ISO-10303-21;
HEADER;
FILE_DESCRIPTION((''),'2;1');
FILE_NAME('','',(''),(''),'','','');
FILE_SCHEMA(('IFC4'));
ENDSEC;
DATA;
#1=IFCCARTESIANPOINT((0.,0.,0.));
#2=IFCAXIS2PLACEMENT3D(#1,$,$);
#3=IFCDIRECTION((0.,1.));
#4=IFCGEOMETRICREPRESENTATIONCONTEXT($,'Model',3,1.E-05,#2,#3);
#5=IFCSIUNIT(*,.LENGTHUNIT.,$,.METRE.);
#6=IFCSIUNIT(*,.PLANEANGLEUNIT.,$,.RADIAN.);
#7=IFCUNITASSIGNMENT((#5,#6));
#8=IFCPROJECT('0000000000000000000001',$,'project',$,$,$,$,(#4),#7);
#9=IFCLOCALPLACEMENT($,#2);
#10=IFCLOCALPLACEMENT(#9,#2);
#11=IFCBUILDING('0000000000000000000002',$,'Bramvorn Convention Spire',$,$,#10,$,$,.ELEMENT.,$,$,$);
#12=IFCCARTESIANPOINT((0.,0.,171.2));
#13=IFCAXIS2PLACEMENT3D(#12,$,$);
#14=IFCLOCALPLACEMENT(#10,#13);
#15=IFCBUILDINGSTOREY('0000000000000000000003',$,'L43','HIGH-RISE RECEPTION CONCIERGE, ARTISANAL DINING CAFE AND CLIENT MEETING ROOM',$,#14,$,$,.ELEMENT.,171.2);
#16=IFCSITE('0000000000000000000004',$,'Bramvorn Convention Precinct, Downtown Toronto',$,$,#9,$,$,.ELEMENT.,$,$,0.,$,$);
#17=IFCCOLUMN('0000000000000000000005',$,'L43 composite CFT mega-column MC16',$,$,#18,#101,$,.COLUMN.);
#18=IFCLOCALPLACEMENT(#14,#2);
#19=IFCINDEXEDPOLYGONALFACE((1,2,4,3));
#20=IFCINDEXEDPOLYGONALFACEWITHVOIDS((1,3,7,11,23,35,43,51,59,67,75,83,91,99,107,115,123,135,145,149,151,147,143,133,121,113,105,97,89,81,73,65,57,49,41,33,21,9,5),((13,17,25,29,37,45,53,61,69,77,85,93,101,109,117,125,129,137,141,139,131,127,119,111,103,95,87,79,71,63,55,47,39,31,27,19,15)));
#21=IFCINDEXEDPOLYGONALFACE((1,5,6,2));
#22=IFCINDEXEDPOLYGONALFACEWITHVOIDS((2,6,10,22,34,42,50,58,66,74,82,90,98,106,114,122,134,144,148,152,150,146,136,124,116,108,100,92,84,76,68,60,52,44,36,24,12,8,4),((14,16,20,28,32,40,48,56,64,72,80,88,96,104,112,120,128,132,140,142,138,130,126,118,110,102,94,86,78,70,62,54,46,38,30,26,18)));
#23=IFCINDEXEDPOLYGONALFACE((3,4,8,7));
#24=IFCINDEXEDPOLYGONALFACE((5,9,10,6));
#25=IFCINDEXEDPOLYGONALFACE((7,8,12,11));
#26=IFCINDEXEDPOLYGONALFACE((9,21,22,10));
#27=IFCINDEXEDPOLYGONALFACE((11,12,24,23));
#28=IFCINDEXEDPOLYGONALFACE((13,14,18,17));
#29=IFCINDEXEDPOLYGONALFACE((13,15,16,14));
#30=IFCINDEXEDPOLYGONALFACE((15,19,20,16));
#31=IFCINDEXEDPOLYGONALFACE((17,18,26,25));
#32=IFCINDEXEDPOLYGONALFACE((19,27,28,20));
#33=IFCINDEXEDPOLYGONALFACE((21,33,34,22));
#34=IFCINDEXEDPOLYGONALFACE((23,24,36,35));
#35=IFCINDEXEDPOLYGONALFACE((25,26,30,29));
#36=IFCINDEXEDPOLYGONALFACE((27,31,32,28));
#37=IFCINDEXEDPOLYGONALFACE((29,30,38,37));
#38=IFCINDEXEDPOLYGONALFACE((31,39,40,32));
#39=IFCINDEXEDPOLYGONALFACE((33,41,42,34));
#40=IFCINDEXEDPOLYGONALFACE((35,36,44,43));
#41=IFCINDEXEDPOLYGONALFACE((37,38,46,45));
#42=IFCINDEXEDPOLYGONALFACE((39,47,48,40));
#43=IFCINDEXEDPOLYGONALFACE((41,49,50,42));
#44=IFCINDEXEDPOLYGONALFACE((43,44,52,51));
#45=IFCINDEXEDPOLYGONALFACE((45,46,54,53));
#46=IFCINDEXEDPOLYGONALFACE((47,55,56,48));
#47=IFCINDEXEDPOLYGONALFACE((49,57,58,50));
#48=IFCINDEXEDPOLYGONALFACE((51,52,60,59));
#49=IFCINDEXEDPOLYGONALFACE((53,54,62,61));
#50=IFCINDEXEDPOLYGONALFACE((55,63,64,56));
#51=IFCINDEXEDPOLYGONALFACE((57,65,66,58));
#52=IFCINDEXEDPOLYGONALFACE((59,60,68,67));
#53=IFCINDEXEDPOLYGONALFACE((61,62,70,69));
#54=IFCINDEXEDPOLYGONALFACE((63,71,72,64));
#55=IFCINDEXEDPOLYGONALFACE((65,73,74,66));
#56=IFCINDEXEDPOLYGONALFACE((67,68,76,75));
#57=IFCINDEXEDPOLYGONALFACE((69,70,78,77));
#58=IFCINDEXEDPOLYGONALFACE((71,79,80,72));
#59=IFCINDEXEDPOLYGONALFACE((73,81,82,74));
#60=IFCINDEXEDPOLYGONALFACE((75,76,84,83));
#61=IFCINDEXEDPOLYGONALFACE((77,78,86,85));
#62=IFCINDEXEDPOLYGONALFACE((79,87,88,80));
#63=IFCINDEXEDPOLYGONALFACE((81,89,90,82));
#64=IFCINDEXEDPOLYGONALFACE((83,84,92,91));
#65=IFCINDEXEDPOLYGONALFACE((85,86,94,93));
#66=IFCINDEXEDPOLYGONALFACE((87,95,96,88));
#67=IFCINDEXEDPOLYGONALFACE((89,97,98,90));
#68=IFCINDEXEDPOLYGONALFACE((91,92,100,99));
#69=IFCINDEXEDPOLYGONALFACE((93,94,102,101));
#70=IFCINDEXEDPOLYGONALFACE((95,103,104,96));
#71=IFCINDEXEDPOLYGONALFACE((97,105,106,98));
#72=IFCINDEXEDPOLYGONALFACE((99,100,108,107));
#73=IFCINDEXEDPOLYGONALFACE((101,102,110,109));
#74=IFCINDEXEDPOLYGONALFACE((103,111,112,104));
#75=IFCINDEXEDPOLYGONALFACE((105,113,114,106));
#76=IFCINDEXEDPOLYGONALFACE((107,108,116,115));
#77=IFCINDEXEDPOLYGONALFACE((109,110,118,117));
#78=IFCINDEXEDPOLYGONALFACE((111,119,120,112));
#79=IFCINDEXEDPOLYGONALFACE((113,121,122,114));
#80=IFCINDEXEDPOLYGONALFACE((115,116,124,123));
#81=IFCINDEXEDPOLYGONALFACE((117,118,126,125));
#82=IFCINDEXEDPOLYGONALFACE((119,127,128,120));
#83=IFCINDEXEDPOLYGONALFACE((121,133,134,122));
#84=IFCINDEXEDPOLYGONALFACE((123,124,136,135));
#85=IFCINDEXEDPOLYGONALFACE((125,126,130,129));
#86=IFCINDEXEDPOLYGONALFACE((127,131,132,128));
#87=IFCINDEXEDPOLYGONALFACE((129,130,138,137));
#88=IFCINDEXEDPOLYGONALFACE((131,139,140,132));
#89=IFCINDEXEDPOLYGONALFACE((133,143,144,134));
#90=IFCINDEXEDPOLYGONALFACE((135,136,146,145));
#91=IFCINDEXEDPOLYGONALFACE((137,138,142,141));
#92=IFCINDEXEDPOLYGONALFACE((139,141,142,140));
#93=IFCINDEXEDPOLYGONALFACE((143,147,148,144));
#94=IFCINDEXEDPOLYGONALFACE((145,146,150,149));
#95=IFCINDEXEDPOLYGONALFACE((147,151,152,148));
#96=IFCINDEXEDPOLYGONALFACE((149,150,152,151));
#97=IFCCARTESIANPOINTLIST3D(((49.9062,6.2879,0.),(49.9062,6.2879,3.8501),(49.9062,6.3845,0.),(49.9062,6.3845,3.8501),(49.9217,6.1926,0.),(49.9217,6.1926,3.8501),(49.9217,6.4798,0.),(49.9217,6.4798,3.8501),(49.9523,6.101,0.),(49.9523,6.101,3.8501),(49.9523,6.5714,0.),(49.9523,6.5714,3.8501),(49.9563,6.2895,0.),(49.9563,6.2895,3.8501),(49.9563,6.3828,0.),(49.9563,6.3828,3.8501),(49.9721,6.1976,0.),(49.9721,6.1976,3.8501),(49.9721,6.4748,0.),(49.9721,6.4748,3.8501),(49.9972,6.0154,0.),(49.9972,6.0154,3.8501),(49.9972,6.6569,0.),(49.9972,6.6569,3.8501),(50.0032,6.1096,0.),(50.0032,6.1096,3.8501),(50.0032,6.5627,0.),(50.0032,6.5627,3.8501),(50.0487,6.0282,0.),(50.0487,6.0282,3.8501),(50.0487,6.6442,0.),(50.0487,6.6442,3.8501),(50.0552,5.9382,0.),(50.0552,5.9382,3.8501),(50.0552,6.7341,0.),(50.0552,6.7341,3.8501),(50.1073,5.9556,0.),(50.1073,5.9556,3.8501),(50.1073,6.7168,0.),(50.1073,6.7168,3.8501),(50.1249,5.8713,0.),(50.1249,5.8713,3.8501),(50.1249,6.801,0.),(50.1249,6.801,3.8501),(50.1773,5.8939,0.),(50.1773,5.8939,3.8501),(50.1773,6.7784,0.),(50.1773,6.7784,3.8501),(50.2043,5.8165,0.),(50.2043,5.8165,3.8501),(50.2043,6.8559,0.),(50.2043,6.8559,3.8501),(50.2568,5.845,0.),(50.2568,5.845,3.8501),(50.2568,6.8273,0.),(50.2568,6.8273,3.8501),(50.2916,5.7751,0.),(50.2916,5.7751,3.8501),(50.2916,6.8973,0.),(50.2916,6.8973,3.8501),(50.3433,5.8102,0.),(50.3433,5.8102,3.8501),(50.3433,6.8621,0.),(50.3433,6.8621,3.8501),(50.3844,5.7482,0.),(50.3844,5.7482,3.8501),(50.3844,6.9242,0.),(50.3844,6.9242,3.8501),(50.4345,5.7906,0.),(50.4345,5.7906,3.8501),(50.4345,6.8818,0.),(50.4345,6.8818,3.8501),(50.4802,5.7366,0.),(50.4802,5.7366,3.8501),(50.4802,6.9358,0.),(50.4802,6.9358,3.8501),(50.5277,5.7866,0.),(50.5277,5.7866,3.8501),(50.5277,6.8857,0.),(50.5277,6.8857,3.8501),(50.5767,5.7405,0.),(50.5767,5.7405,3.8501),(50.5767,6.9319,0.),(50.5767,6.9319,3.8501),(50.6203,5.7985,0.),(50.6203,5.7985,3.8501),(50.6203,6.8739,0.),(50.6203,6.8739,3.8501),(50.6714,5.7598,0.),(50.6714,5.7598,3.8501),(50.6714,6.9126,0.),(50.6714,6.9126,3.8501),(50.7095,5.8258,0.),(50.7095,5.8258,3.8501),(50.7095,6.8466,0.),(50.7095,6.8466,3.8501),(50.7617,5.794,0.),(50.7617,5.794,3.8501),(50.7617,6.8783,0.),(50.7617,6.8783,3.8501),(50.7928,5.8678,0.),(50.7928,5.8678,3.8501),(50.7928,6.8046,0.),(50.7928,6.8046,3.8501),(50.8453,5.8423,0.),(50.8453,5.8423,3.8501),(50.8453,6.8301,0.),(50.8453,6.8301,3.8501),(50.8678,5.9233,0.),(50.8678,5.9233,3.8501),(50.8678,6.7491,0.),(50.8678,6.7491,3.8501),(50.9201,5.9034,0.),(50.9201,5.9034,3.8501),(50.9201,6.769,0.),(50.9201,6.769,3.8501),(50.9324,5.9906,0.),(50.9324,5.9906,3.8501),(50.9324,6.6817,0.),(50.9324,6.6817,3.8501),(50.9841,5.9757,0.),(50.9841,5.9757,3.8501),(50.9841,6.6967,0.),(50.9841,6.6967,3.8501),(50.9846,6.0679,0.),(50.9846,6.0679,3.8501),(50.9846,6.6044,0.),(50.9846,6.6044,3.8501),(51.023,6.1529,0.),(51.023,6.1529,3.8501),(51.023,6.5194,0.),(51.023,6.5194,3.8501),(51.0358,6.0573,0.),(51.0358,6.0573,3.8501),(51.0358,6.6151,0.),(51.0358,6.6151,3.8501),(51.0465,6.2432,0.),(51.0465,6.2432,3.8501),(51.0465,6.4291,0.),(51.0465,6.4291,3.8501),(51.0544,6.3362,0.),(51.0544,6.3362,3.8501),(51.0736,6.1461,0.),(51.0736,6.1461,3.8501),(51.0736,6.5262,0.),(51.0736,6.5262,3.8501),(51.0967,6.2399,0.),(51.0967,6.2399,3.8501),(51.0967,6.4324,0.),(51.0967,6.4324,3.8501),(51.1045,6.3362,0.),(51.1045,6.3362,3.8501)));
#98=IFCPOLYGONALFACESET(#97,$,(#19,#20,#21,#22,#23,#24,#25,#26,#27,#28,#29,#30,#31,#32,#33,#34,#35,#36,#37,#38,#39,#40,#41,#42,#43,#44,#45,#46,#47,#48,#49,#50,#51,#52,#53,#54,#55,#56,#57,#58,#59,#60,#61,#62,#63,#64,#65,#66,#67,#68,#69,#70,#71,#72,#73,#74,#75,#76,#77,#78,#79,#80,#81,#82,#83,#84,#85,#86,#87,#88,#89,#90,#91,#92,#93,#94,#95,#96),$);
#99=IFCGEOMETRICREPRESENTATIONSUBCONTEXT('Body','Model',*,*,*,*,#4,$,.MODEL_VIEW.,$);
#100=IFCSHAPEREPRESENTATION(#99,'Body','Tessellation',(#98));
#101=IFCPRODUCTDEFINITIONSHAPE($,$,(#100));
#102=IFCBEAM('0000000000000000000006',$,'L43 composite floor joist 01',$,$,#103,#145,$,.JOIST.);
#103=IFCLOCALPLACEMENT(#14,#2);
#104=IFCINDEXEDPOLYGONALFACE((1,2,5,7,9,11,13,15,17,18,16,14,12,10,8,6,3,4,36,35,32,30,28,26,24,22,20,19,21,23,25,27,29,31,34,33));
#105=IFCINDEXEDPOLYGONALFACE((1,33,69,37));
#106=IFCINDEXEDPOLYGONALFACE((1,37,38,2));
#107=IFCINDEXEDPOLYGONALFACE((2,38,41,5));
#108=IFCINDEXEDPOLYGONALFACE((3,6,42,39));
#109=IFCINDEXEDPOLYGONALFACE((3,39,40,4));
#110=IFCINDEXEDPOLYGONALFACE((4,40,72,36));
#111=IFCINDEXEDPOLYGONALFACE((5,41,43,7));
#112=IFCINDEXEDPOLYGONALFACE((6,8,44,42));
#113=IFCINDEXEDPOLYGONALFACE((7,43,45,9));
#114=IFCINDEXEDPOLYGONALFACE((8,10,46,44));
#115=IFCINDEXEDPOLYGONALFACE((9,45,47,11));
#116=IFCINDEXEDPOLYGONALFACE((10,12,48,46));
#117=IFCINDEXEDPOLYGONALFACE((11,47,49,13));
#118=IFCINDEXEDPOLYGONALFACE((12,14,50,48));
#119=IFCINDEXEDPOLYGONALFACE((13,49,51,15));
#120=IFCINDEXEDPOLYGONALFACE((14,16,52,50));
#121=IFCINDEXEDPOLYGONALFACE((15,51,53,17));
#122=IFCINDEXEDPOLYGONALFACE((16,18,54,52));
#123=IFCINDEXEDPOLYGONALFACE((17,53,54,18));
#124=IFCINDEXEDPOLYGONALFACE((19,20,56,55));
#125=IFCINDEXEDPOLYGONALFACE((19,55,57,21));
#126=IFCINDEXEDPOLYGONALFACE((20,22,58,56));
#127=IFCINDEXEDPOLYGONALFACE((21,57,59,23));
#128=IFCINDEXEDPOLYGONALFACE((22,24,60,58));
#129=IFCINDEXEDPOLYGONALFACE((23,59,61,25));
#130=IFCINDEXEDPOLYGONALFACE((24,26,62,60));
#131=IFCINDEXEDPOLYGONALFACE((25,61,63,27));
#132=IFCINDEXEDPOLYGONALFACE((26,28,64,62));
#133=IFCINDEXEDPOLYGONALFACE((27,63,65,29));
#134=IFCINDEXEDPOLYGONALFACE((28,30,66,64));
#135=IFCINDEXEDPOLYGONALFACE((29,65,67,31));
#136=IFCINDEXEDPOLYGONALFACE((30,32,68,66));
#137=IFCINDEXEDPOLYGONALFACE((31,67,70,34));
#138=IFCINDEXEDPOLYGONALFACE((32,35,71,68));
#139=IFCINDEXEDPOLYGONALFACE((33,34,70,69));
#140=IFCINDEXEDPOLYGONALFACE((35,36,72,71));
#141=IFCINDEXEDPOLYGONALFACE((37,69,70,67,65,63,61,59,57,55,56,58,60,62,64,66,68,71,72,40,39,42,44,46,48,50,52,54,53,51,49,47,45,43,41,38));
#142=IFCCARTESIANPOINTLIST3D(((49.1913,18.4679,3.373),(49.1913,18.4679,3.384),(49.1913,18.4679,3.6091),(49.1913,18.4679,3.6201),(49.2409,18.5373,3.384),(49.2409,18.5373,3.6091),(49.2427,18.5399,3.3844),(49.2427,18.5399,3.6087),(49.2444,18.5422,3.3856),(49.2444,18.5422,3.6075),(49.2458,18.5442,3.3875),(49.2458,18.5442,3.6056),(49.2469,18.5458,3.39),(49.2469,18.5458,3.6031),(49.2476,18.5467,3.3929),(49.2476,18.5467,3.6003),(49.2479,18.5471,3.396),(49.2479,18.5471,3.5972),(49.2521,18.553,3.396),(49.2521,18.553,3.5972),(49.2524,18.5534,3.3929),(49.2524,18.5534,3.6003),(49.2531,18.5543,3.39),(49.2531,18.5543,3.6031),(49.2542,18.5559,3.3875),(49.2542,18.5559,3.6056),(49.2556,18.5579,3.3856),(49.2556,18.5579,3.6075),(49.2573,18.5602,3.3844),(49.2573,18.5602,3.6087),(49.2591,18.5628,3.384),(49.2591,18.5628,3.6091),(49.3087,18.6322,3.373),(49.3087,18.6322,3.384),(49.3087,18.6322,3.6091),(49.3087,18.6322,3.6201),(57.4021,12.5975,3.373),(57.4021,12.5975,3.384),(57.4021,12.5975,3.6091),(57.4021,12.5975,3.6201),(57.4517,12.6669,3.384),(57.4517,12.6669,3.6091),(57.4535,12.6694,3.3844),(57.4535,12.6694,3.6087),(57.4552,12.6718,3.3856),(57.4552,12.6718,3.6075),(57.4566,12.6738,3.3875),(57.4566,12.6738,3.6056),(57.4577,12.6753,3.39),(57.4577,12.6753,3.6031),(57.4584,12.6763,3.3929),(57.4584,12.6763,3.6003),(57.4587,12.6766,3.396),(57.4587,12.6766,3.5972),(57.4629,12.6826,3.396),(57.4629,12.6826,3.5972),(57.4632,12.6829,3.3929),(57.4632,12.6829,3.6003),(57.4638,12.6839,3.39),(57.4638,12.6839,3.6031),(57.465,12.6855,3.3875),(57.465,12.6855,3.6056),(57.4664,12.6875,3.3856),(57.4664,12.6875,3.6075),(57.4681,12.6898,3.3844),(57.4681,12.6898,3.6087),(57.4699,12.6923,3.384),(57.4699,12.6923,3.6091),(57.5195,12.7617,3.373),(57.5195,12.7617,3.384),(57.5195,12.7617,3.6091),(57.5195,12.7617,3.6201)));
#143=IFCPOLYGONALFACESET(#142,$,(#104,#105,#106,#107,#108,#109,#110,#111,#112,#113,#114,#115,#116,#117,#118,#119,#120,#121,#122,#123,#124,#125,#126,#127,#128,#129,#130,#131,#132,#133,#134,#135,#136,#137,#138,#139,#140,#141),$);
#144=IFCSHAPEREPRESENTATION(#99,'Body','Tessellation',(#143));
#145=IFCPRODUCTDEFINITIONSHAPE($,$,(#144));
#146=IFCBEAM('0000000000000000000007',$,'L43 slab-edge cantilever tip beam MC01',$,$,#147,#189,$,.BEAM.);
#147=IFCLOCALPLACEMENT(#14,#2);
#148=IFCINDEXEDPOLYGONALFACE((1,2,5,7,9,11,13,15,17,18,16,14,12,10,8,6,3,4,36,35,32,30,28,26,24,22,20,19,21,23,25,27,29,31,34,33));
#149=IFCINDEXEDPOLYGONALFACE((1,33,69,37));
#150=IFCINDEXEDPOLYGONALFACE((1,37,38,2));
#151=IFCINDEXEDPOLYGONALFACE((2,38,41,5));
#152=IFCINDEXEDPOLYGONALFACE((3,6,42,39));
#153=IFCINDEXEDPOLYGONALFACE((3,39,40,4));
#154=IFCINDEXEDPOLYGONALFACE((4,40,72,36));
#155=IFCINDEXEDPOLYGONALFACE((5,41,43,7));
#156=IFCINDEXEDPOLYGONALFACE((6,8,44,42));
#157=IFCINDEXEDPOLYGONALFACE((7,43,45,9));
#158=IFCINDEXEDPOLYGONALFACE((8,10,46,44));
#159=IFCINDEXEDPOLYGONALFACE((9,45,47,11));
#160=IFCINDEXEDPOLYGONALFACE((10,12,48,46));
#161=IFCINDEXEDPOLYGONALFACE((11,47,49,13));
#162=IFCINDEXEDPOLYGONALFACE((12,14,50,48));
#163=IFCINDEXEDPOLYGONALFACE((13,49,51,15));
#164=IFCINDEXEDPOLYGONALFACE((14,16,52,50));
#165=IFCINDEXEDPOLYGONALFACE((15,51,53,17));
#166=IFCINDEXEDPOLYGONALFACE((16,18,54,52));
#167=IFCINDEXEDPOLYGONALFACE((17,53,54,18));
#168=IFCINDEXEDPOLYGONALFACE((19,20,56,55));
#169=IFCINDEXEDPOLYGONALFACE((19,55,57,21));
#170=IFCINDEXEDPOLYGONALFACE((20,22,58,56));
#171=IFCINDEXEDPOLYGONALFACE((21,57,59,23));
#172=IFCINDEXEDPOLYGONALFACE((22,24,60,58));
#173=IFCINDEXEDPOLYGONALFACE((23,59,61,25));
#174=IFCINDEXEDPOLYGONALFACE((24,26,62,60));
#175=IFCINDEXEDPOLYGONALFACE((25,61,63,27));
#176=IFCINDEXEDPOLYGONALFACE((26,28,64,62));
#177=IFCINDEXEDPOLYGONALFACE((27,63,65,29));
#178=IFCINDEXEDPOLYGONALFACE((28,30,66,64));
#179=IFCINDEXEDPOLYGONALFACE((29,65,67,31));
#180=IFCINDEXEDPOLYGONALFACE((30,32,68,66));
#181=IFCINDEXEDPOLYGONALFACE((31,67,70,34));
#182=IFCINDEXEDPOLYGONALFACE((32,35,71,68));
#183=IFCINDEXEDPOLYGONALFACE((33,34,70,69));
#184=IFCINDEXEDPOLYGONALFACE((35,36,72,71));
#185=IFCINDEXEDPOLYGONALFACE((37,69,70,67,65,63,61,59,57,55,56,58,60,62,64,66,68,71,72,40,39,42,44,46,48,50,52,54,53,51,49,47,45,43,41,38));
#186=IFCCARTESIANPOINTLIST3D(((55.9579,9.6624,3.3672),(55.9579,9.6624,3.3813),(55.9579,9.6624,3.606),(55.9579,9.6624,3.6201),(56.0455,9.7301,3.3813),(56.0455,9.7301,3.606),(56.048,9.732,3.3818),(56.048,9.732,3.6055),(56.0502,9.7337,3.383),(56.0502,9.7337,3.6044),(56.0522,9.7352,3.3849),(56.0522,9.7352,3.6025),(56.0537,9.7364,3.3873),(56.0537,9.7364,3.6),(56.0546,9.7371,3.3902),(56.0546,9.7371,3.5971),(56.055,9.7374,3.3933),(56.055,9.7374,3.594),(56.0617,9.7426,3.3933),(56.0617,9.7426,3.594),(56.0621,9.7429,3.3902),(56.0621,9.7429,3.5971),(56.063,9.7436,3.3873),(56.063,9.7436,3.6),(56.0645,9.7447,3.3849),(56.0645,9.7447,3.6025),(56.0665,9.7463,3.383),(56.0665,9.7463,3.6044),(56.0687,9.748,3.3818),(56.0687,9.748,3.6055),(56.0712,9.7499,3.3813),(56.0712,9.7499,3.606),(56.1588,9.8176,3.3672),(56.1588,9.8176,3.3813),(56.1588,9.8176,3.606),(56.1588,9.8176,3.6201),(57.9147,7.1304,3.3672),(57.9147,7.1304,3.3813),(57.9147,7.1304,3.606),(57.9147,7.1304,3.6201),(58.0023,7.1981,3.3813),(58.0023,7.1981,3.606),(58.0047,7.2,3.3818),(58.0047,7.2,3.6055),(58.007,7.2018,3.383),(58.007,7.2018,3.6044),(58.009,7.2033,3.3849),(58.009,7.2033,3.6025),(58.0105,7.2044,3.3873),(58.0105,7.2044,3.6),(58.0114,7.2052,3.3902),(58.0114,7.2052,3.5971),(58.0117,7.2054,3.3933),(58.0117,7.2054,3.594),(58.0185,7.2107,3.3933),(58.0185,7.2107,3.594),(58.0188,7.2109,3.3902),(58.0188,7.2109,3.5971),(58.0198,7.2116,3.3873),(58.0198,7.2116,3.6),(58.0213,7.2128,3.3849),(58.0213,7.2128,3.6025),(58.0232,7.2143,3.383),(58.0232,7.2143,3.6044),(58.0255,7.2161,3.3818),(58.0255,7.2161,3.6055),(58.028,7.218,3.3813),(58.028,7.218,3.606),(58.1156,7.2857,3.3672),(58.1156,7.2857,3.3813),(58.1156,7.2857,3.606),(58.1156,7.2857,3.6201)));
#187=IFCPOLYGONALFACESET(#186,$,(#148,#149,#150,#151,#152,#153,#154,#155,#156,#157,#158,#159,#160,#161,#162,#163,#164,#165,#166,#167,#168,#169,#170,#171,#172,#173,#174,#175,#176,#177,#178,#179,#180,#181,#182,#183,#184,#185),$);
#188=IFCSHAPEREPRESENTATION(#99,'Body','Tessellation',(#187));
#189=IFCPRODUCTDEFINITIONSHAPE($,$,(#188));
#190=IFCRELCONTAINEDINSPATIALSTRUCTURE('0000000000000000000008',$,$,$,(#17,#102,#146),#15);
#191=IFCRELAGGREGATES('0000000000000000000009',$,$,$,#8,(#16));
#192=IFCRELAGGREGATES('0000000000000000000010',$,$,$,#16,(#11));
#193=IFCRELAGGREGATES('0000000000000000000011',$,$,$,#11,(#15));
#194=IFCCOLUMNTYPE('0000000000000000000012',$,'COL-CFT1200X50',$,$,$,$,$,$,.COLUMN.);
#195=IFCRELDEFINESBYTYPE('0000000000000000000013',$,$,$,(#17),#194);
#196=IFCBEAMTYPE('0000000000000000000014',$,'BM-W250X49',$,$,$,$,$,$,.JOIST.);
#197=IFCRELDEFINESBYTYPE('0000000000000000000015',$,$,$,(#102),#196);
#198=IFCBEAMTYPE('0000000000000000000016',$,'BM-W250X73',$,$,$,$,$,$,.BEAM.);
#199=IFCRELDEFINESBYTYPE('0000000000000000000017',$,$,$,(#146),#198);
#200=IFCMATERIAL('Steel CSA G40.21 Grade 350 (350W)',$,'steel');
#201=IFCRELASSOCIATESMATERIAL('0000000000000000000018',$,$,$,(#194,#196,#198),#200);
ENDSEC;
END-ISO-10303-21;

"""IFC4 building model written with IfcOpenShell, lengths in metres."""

from ifc_helpers import new_model, si_unit, direction, frame, origin, origin_2d, place, context, subcontext, project, spatial, hollow_circle, i_section, extrude, material, material_profile, profile_set, type_object, element, save


model = new_model("IFC4")

# Units and contexts
model_context = context("Model", 3, precision=1e-05, world=origin(), true_north=direction((0.0, 1.0)))
body_context = subcontext(model_context, "Body", "Model", "MODEL_VIEW")
ifc_project = project(units=[si_unit("LENGTHUNIT", "METRE"), si_unit("PLANEANGLEUNIT", "RADIAN")], contexts=[model_context])

# Site, building, storey
site_placement = place(None, origin())
site = spatial("IfcSite", under=ifc_project, at=site_placement, Name="Bramvorn Convention Precinct, Downtown Toronto", CompositionType="ELEMENT", RefElevation=0.0)
building_placement = place(site_placement, origin())
building = spatial("IfcBuilding", under=site, at=building_placement, Name="Bramvorn Convention Spire", CompositionType="ELEMENT")
storey_placement = place(building_placement, frame((0.0, 0.0, 171.2)))
storey = spatial("IfcBuildingStorey", under=building, at=storey_placement, Name="L43", Description="HIGH-RISE RECEPTION CONCIERGE, ARTISANAL DINING CAFE AND CLIENT MEETING ROOM", CompositionType="ELEMENT", Elevation=171.2)

# Column
ifc_material_1 = material(Name="Steel CSA G40.21 Grade 350 (350W)", Category="steel")
ifc_material_profile_1 = material_profile(ifc_material_1, hollow_circle(Radius=0.6001, WallThickness=0.05, at=origin_2d()))
ifc_profile_set_1 = profile_set([ifc_material_profile_1], Name="Steel CSA G40.21 Grade 350 (350W) - CFT1200X50")
column_type = type_object("IfcColumnType", Name="COL-CFT1200X50", PredefinedType="COLUMN", material=ifc_profile_set_1)
for number, where, z_axis, x_axis, name in (
    (1, (50.5044, 6.3362, 0.0), (0.0, 0.0, 1.0), (1.0, 0.0, 0.0), "L43 composite CFT mega-column MC16"),
):
    element("IfcColumn", number, at=place(storey_placement, frame(where, z_axis=z_axis, x_axis=x_axis)), inside=storey, type_object=column_type, Name=name, PredefinedType="COLUMN", context=body_context, shape_type="SweptSolid", body=[
        extrude(hollow_circle(Radius=0.6001, WallThickness=0.05, at=origin_2d()), origin(), (0.0, 0.0, 1.0), 3.8501),
    ])

# Beams
ifc_material_profile_2 = material_profile(ifc_material_1, i_section(OverallWidth=0.2019, OverallDepth=0.2471, WebThickness=0.0073, FlangeThickness=0.011, FilletRadius=0.012, at=origin_2d()))
ifc_profile_set_2 = profile_set([ifc_material_profile_2], Name="Steel CSA G40.21 Grade 350 (350W) - W250X49")
beam_type_1 = type_object("IfcBeamType", Name="BM-W250X49", PredefinedType="JOIST", material=ifc_profile_set_2)
beam_1_placement = place(storey_placement, frame((49.25, 18.55, 3.4966), z_axis=(0.813472, -0.581604, 0.0), x_axis=(0.581604, 0.813472, 0.0)))
element("IfcBeam", 2, at=beam_1_placement, inside=storey, type_object=beam_type_1, Name="L43 composite floor joist 01", PredefinedType="JOIST", context=body_context, shape_type="SweptSolid", body=[
    extrude(i_section(OverallWidth=0.2019, OverallDepth=0.2471, WebThickness=0.0073, FlangeThickness=0.011, FilletRadius=0.012, at=origin_2d()), origin(), (0.0, 0.0, 1.0), 10.0935),
])
ifc_material_profile_3 = material_profile(ifc_material_1, i_section(OverallWidth=0.2539, OverallDepth=0.2529, WebThickness=0.0085, FlangeThickness=0.0142, FilletRadius=0.012, at=origin_2d()))
ifc_profile_set_3 = profile_set([ifc_material_profile_3], Name="Steel CSA G40.21 Grade 350 (350W) - W250X73")
beam_type_2 = type_object("IfcBeamType", Name="BM-W250X73", PredefinedType="BEAM", material=ifc_profile_set_3)
beam_2_placement = place(storey_placement, frame((56.0583, 9.74, 3.4937), z_axis=(0.611497, -0.791246, 0.0), x_axis=(0.791246, 0.611497, 0.0)))
element("IfcBeam", 3, at=beam_2_placement, inside=storey, type_object=beam_type_2, Name="L43 slab-edge cantilever tip beam MC01", PredefinedType="BEAM", context=body_context, shape_type="SweptSolid", body=[
    extrude(i_section(OverallWidth=0.2539, OverallDepth=0.2529, WebThickness=0.0085, FlangeThickness=0.0142, FilletRadius=0.012, at=origin_2d()), origin(), (0.0, 0.0, 1.0), 3.2),
])

save(model, "model.ifc")
